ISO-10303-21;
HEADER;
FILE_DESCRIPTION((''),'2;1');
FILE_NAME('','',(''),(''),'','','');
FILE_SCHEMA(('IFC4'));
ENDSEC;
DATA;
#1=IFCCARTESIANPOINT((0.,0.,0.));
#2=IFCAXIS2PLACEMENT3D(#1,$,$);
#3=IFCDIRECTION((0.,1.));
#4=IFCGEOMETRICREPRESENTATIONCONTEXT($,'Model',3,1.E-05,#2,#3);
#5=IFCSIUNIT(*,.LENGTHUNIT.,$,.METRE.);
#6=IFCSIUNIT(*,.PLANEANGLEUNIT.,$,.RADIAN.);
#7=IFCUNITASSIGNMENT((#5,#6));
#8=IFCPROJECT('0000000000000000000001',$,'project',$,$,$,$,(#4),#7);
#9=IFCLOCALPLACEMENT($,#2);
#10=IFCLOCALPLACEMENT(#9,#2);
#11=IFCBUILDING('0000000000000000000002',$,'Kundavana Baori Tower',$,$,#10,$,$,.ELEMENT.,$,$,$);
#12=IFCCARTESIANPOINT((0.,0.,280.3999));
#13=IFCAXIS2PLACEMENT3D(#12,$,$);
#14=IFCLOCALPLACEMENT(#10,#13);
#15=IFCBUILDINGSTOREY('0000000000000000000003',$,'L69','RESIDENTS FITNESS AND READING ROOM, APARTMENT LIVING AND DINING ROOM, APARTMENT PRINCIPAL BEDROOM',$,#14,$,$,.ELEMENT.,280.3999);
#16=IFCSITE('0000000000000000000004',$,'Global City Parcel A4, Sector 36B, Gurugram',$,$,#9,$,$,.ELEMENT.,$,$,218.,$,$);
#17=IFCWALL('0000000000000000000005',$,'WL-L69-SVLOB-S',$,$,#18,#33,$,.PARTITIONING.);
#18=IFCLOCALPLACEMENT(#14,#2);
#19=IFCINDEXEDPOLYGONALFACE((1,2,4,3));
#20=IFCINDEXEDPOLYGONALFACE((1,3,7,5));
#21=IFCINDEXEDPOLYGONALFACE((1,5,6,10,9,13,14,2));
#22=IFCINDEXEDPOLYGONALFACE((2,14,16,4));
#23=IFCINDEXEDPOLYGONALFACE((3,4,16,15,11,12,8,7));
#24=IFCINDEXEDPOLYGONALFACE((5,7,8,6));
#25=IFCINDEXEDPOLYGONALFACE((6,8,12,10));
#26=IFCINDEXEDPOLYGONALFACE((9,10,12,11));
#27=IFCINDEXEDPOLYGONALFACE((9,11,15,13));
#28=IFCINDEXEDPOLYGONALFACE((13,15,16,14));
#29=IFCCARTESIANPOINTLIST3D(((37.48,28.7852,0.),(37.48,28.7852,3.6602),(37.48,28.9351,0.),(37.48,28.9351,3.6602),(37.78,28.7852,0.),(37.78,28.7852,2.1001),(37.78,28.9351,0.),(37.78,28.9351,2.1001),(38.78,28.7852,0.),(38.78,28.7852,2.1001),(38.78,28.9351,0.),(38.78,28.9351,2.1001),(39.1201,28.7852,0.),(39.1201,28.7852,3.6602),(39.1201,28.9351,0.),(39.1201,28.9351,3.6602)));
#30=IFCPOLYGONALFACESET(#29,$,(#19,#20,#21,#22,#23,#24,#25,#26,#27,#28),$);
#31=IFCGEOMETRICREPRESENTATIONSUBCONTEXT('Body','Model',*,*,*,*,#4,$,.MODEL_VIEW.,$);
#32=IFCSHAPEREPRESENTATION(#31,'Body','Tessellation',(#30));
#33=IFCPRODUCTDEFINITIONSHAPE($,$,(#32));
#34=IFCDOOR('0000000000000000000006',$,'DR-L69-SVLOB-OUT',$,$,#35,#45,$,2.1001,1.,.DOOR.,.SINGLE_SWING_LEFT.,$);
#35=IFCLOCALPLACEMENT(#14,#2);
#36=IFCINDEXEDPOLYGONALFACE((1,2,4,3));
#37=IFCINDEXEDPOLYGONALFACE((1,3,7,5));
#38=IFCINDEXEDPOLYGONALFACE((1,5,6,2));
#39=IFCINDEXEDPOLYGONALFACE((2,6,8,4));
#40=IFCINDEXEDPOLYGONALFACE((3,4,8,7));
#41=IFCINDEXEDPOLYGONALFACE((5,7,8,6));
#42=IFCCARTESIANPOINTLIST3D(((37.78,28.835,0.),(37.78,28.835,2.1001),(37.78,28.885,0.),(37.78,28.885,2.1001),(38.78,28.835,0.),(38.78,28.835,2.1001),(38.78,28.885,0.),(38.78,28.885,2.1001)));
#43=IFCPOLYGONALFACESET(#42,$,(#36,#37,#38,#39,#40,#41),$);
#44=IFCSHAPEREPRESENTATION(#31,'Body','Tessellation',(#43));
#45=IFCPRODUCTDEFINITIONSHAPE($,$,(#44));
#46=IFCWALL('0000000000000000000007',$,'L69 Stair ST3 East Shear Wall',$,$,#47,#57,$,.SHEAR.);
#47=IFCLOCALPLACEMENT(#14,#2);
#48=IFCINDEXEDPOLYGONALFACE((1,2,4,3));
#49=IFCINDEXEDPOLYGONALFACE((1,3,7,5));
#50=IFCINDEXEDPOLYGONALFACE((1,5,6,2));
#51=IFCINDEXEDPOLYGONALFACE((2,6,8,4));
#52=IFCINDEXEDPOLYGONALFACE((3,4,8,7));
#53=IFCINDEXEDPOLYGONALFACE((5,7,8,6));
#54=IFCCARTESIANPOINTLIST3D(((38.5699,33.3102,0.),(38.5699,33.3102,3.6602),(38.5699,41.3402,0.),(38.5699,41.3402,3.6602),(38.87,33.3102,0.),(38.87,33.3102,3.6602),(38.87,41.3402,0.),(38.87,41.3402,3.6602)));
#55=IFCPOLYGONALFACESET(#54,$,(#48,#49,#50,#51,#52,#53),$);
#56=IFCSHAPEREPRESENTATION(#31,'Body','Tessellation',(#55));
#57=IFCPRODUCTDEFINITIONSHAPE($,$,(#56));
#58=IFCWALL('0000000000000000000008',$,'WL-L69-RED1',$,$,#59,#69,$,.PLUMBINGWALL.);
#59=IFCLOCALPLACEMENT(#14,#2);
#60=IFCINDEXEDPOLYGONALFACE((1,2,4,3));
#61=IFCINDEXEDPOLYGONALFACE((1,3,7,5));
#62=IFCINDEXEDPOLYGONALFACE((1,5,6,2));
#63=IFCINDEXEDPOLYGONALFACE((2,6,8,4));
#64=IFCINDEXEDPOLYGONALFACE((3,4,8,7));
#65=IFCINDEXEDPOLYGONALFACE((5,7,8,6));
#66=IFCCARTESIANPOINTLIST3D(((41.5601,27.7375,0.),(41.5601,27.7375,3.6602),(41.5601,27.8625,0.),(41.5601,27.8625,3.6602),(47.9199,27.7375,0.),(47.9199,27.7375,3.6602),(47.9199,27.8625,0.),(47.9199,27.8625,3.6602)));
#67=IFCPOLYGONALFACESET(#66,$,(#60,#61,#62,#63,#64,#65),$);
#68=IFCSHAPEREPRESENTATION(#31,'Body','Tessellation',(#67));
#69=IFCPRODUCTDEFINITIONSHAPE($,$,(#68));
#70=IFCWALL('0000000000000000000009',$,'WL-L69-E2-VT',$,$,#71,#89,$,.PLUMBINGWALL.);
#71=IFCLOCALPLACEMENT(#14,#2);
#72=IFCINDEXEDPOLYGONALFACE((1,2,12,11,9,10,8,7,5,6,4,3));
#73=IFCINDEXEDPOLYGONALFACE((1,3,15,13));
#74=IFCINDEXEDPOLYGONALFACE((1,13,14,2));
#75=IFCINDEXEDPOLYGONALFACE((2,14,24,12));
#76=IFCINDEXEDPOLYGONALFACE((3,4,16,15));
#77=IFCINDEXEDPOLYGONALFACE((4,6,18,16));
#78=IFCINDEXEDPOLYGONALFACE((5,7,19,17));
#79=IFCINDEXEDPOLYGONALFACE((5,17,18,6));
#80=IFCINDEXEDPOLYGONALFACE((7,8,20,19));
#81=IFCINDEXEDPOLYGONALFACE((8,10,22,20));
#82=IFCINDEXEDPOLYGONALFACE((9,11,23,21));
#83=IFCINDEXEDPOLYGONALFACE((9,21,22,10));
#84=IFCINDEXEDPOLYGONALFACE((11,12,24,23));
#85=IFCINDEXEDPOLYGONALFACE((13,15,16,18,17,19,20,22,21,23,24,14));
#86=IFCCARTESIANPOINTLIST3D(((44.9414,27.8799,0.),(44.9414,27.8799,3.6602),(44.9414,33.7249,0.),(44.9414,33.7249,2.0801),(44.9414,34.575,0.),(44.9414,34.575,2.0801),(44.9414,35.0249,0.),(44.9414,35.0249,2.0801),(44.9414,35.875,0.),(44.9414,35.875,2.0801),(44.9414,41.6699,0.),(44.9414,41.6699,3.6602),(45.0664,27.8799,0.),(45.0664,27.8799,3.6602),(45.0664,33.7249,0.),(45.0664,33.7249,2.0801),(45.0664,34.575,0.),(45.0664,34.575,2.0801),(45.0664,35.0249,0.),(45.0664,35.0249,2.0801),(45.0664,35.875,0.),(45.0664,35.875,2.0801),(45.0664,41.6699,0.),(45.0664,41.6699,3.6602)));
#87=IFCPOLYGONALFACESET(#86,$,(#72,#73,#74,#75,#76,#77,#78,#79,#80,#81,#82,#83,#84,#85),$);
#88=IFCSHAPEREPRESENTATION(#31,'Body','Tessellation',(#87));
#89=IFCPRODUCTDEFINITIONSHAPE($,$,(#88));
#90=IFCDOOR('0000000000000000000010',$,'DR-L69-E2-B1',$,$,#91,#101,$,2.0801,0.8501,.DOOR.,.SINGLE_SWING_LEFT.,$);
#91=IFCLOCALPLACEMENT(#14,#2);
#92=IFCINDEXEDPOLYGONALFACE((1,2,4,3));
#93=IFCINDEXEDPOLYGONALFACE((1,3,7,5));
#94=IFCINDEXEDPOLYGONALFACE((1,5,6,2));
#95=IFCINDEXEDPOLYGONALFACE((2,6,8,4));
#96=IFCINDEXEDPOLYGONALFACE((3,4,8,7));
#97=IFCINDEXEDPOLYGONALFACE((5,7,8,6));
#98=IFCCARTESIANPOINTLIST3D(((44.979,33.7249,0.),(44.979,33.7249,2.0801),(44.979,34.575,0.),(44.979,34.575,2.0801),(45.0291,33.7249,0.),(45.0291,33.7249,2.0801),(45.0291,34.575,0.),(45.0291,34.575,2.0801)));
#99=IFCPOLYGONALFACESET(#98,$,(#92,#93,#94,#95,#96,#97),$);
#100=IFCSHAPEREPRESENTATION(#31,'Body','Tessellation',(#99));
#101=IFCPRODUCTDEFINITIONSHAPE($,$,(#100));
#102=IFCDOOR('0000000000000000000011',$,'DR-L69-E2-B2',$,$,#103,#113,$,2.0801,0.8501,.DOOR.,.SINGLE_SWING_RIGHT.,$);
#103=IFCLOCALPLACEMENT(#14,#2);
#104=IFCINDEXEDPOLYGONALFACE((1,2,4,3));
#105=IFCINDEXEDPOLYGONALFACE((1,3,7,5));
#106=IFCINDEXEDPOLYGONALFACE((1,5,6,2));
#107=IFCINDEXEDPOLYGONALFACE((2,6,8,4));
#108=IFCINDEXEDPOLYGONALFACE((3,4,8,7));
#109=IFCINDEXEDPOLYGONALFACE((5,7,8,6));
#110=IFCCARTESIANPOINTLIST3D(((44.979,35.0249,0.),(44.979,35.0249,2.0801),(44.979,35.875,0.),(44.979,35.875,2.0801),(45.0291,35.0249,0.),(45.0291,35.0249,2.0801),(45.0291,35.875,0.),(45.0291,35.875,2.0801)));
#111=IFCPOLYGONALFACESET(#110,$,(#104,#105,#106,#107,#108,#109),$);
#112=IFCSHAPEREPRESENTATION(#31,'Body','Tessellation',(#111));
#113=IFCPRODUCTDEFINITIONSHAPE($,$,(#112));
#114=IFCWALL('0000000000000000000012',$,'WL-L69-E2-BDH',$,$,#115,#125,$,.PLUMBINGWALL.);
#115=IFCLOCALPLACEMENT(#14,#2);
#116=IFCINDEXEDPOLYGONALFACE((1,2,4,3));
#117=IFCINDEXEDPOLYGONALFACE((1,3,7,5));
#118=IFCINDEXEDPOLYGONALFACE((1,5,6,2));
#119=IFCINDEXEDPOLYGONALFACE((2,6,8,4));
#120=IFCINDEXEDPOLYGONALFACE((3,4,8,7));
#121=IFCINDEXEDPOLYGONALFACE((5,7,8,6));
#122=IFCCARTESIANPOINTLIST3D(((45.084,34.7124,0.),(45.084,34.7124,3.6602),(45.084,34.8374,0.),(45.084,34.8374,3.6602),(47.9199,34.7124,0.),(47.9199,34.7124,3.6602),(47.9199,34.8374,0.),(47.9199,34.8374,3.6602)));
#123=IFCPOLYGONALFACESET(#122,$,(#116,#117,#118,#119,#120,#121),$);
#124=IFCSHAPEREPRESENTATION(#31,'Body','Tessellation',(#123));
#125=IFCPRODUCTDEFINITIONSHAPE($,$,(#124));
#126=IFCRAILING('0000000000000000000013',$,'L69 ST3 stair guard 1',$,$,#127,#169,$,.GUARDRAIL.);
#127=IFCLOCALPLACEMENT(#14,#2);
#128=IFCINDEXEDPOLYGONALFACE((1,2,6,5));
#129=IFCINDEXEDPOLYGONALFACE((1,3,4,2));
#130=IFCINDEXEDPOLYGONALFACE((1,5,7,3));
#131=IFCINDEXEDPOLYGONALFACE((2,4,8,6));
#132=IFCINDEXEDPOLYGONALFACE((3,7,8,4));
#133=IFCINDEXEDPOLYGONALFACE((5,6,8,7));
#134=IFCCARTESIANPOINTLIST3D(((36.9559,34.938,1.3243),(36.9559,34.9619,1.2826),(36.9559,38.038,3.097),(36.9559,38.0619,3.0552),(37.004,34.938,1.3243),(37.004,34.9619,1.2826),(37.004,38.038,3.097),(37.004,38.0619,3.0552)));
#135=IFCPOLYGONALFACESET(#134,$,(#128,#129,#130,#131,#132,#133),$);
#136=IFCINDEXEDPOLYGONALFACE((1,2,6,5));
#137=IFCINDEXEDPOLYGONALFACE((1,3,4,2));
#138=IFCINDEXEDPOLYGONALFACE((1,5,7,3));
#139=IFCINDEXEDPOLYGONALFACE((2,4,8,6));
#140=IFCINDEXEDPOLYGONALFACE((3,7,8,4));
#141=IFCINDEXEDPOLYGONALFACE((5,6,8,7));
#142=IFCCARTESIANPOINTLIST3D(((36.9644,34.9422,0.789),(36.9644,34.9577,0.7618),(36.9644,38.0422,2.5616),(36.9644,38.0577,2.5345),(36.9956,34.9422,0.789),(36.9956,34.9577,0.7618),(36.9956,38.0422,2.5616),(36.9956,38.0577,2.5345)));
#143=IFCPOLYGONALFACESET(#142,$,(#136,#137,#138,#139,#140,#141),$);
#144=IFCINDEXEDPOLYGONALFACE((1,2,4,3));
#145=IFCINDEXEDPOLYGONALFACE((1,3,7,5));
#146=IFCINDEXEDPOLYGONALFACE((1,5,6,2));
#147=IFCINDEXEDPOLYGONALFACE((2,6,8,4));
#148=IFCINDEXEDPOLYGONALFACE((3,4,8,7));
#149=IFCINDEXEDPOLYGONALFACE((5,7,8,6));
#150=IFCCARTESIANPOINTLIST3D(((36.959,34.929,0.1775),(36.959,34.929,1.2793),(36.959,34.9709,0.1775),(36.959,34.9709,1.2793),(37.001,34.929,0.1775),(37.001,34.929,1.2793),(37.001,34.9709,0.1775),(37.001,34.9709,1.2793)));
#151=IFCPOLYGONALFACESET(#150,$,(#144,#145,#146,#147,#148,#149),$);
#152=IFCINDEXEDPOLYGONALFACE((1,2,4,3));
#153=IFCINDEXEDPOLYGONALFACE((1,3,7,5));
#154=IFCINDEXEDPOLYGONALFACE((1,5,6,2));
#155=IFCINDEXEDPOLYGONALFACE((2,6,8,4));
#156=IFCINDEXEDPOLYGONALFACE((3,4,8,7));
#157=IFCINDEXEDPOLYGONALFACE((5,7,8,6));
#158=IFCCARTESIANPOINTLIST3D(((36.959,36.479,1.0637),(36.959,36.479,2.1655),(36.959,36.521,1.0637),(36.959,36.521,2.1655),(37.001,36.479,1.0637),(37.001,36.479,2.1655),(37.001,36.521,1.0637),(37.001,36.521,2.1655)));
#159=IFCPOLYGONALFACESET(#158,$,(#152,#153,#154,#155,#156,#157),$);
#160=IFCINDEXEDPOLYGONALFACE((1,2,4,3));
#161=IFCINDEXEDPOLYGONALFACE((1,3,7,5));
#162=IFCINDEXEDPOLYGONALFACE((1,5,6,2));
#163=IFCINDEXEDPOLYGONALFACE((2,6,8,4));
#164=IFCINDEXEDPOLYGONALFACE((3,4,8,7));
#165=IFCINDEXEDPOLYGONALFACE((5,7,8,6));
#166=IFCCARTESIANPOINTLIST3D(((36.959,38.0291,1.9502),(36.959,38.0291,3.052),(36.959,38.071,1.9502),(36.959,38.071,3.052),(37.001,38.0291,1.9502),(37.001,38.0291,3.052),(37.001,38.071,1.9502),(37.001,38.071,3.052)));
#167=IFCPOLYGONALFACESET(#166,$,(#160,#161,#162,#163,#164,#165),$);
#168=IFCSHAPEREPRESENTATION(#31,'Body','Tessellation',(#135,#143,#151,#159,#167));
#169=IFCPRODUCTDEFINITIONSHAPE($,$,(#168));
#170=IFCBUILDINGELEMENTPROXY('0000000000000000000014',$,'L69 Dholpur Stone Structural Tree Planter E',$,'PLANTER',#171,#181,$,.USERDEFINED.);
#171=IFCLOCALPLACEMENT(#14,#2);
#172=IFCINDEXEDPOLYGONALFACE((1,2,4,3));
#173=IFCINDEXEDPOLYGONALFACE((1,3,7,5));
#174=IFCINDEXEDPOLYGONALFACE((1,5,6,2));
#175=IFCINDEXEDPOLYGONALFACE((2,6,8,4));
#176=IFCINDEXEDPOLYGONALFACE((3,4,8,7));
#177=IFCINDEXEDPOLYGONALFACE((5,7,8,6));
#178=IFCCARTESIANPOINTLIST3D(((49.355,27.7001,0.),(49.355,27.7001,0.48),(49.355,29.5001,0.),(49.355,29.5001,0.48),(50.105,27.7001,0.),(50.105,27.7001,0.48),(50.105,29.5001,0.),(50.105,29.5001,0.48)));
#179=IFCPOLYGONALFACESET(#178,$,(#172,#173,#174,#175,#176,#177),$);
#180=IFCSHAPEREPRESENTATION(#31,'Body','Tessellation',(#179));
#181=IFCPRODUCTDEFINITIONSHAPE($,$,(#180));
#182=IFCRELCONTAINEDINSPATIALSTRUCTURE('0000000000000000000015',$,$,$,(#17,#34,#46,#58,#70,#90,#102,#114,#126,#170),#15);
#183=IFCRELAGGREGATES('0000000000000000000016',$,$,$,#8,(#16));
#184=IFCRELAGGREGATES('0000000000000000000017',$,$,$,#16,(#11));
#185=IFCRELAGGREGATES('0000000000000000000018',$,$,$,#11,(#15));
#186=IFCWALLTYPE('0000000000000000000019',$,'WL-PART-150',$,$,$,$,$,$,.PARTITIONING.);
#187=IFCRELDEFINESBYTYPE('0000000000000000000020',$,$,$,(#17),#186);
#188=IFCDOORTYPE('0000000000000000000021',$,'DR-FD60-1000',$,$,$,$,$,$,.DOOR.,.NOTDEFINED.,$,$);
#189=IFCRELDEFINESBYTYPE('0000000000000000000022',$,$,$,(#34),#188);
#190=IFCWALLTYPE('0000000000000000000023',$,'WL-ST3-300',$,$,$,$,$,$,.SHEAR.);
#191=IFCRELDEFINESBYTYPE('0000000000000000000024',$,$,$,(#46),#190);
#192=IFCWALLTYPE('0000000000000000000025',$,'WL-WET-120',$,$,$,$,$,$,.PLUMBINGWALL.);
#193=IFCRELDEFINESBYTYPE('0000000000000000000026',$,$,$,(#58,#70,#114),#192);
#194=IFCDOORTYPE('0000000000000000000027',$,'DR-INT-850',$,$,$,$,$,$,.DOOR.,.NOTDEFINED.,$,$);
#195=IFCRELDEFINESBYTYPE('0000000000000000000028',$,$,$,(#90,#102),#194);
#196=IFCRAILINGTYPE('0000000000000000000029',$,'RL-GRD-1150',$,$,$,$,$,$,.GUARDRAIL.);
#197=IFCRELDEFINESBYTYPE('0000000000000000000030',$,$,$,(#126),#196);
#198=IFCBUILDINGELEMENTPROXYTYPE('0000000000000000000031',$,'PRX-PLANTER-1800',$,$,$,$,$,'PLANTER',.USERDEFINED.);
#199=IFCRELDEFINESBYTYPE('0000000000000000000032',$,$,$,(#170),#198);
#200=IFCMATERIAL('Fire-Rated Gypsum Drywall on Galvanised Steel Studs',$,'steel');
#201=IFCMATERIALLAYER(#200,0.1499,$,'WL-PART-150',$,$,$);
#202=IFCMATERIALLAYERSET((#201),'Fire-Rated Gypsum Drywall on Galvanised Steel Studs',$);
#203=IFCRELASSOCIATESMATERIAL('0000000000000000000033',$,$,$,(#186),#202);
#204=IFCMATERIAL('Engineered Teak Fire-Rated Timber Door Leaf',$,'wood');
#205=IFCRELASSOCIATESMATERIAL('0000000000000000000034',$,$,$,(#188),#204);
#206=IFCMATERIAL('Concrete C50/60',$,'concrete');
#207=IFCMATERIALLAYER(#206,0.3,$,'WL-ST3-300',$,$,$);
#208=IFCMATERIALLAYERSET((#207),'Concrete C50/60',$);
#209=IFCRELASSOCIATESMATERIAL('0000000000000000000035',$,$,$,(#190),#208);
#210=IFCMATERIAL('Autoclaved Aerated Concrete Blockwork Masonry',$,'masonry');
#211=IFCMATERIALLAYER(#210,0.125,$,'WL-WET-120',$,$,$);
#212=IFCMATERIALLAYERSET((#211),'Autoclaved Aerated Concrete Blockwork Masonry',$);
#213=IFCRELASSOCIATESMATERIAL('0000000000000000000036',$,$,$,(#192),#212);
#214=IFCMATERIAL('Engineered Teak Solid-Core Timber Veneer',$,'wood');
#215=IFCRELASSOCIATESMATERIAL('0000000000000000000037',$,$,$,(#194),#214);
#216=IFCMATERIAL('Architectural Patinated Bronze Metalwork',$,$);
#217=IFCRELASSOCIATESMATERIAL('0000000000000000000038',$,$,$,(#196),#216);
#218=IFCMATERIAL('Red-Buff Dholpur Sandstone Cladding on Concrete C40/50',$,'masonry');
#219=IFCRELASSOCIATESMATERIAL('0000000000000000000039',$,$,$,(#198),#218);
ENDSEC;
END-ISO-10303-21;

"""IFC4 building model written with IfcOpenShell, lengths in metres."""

from ifc_helpers import new_model, si_unit, direction, frame, frame_2d, origin, origin_2d, place, context, subcontext, project, spatial, rectangle, extrude, material, layer, layer_set, type_object, element, fill, save


model = new_model("IFC4")

# Units and contexts
model_context = context("Model", 3, precision=1e-05, world=origin(), true_north=direction((0.0, 1.0)))
body_context = subcontext(model_context, "Body", "Model", "MODEL_VIEW")
ifc_project = project(units=[si_unit("LENGTHUNIT", "METRE"), si_unit("PLANEANGLEUNIT", "RADIAN")], contexts=[model_context])

# Site, building, storey
site_placement = place(None, origin())
site = spatial("IfcSite", under=ifc_project, at=site_placement, Name="Global City Parcel A4, Sector 36B, Gurugram", CompositionType="ELEMENT", RefElevation=218.0)
building_placement = place(site_placement, origin())
building = spatial("IfcBuilding", under=site, at=building_placement, Name="Kundavana Baori Tower", CompositionType="ELEMENT")
storey_placement = place(building_placement, frame((0.0, 0.0, 280.3999)))
storey = spatial("IfcBuildingStorey", under=building, at=storey_placement, Name="L69", Description="RESIDENTS FITNESS AND READING ROOM, APARTMENT LIVING AND DINING ROOM, APARTMENT PRINCIPAL BEDROOM", CompositionType="ELEMENT", Elevation=280.3999)

# Shared definitions
ifc_material_1 = material(Name="Fire-Rated Gypsum Drywall on Galvanised Steel Studs", Category="steel")
ifc_layer_1 = layer(ifc_material_1, 0.1499, Name="WL-PART-150")
ifc_layer_set_1 = layer_set([ifc_layer_1], Name="Fire-Rated Gypsum Drywall on Galvanised Steel Studs")
wall_type_1 = type_object("IfcWallType", Name="WL-PART-150", PredefinedType="PARTITIONING", material=ifc_layer_set_1)

# Wall, opening, door
wall_1_placement = place(storey_placement, frame((37.48, 28.8601, 0.0), z_axis=(0.0, 0.0, 1.0), x_axis=(1.0, 0.0, 0.0)))
wall_1 = element("IfcWall", 1, at=wall_1_placement, inside=storey, type_object=wall_type_1, Name="WL-L69-SVLOB-S", PredefinedType="PARTITIONING", context=body_context, shape_type="SweptSolid", body=[
    extrude(rectangle(XDim=1.6401, YDim=0.1499, at=frame_2d((0.8201, 0.0))), origin(), (0.0, 0.0, 1.0), 3.6602),
])
opening_1_placement = place(wall_1_placement, frame((0.3, 0.0, 0.0)))
opening_1 = element("IfcOpeningElement", 2, at=opening_1_placement, cuts=wall_1, PredefinedType="OPENING", context=body_context, shape_type="SweptSolid", body=[
    extrude(rectangle(XDim=1.0, YDim=2.1001, at=frame_2d((0.5, 1.05))), frame((0.0, 0.085, 0.0), z_axis=(0.0, -1.0, 0.0), x_axis=(1.0, 0.0, 0.0)), (0.0, 0.0, 1.0), 0.1699),
])
ifc_material_2 = material(Name="Engineered Teak Fire-Rated Timber Door Leaf", Category="wood")
door_type_1 = type_object("IfcDoorType", Name="DR-FD60-1000", OperationType="NOTDEFINED", PredefinedType="DOOR", material=ifc_material_2)
door_1_placement = place(opening_1_placement, origin())
door_1 = element("IfcDoor", 3, at=door_1_placement, inside=storey, type_object=door_type_1, Name="DR-L69-SVLOB-OUT", OperationType="SINGLE_SWING_LEFT", OverallHeight=2.1001, OverallWidth=1.0, PredefinedType="DOOR", context=body_context, shape_type="SweptSolid", body=[
    extrude(rectangle(XDim=1.0, YDim=2.1001, at=frame_2d((0.5, 1.05))), frame((0.0, 0.0249, 0.0), z_axis=(0.0, -1.0, 0.0), x_axis=(1.0, 0.0, 0.0)), (0.0, 0.0, 1.0), 0.05),
])
fill(opening_1, door_1)

# Walls
ifc_material_3 = material(Name="Concrete C50/60", Category="concrete")
ifc_layer_2 = layer(ifc_material_3, 0.3, Name="WL-ST3-300")
ifc_layer_set_2 = layer_set([ifc_layer_2], Name="Concrete C50/60")
wall_type_2 = type_object("IfcWallType", Name="WL-ST3-300", PredefinedType="SHEAR", material=ifc_layer_set_2)
wall_2_placement = place(storey_placement, frame((38.72, 33.3101, 0.0), z_axis=(0.0, 0.0, 1.0), x_axis=(0.0, 1.0, 0.0)))
element("IfcWall", 4, at=wall_2_placement, inside=storey, type_object=wall_type_2, Name="L69 Stair ST3 East Shear Wall", PredefinedType="SHEAR", context=body_context, shape_type="SweptSolid", body=[
    extrude(rectangle(XDim=8.03, YDim=0.3, at=frame_2d((4.0151, 0.0))), origin(), (0.0, 0.0, 1.0), 3.6602),
])
ifc_material_4 = material(Name="Autoclaved Aerated Concrete Blockwork Masonry", Category="masonry")
ifc_layer_3 = layer(ifc_material_4, 0.125, Name="WL-WET-120")
ifc_layer_set_3 = layer_set([ifc_layer_3], Name="Autoclaved Aerated Concrete Blockwork Masonry")
wall_type_3 = type_object("IfcWallType", Name="WL-WET-120", PredefinedType="PLUMBINGWALL", material=ifc_layer_set_3)
wall_3_placement = place(storey_placement, frame((41.5601, 27.8, 0.0), z_axis=(0.0, 0.0, 1.0), x_axis=(1.0, 0.0, 0.0)))
element("IfcWall", 5, at=wall_3_placement, inside=storey, type_object=wall_type_3, Name="WL-L69-RED1", PredefinedType="PLUMBINGWALL", context=body_context, shape_type="SweptSolid", body=[
    extrude(rectangle(XDim=6.3599, YDim=0.125, at=frame_2d((3.1799, 0.0))), origin(), (0.0, 0.0, 1.0), 3.6602),
])

# Wall, openings, doors
wall_4_placement = place(storey_placement, frame((45.0039, 27.8799, 0.0), z_axis=(0.0, 0.0, 1.0), x_axis=(0.0, 1.0, 0.0)))
wall_4 = element("IfcWall", 6, at=wall_4_placement, inside=storey, type_object=wall_type_3, Name="WL-L69-E2-VT", PredefinedType="PLUMBINGWALL", context=body_context, shape_type="SweptSolid", body=[
    extrude(rectangle(XDim=13.79, YDim=0.125, at=frame_2d((6.895, 0.0))), origin(), (0.0, 0.0, 1.0), 3.6602),
])
opening_2_placement = place(wall_4_placement, frame((5.845, 0.0, 0.0)))
opening_2 = element("IfcOpeningElement", 7, at=opening_2_placement, cuts=wall_4, PredefinedType="OPENING", context=body_context, shape_type="SweptSolid", body=[
    extrude(rectangle(XDim=0.8501, YDim=2.0801, at=frame_2d((0.425, 1.04))), frame((0.0, 0.0725, 0.0), z_axis=(0.0, -1.0, 0.0), x_axis=(1.0, 0.0, 0.0)), (0.0, 0.0, 1.0), 0.145),
])
opening_3_placement = place(wall_4_placement, frame((7.145, 0.0, 0.0)))
opening_3 = element("IfcOpeningElement", 8, at=opening_3_placement, cuts=wall_4, PredefinedType="OPENING", context=body_context, shape_type="SweptSolid", body=[
    extrude(rectangle(XDim=0.8501, YDim=2.0801, at=frame_2d((0.425, 1.04))), frame((0.0, 0.0725, 0.0), z_axis=(0.0, -1.0, 0.0), x_axis=(1.0, 0.0, 0.0)), (0.0, 0.0, 1.0), 0.145),
])
ifc_material_5 = material(Name="Engineered Teak Solid-Core Timber Veneer", Category="wood")
door_type_2 = type_object("IfcDoorType", Name="DR-INT-850", OperationType="NOTDEFINED", PredefinedType="DOOR", material=ifc_material_5)
door_2_placement = place(opening_2_placement, origin())
door_2 = element("IfcDoor", 9, at=door_2_placement, inside=storey, type_object=door_type_2, Name="DR-L69-E2-B1", OperationType="SINGLE_SWING_LEFT", OverallHeight=2.0801, OverallWidth=0.8501, PredefinedType="DOOR", context=body_context, shape_type="SweptSolid", body=[
    extrude(rectangle(XDim=0.8501, YDim=2.0801, at=frame_2d((0.425, 1.04))), frame((0.0, 0.0249, 0.0), z_axis=(0.0, -1.0, 0.0), x_axis=(1.0, 0.0, 0.0)), (0.0, 0.0, 1.0), 0.05),
])
fill(opening_2, door_2)
door_3_placement = place(opening_3_placement, origin())
door_3 = element("IfcDoor", 10, at=door_3_placement, inside=storey, type_object=door_type_2, Name="DR-L69-E2-B2", OperationType="SINGLE_SWING_RIGHT", OverallHeight=2.0801, OverallWidth=0.8501, PredefinedType="DOOR", context=body_context, shape_type="SweptSolid", body=[
    extrude(rectangle(XDim=0.8501, YDim=2.0801, at=frame_2d((0.425, 1.04))), frame((0.0, 0.0249, 0.0), z_axis=(0.0, -1.0, 0.0), x_axis=(1.0, 0.0, 0.0)), (0.0, 0.0, 1.0), 0.05),
])
fill(opening_3, door_3)

# Wall
wall_5_placement = place(storey_placement, frame((45.084, 34.7749, 0.0), z_axis=(0.0, 0.0, 1.0), x_axis=(1.0, 0.0, 0.0)))
element("IfcWall", 11, at=wall_5_placement, inside=storey, type_object=wall_type_3, Name="WL-L69-E2-BDH", PredefinedType="PLUMBINGWALL", context=body_context, shape_type="SweptSolid", body=[
    extrude(rectangle(XDim=2.8359, YDim=0.125, at=frame_2d((1.418, 0.0))), origin(), (0.0, 0.0, 1.0), 3.6602),
])

# Railing
ifc_material_6 = material(Name="Architectural Patinated Bronze Metalwork")
railing_type = type_object("IfcRailingType", Name="RL-GRD-1150", PredefinedType="GUARDRAIL", material=ifc_material_6)
railing_placement = place(storey_placement, frame((36.98, 34.95, 0.1775)))
element("IfcRailing", 12, at=railing_placement, inside=storey, type_object=railing_type, Name="L69 ST3 stair guard 1", PredefinedType="GUARDRAIL", context=body_context, shape_type="SweptSolid", body=[
    extrude(rectangle(XDim=0.0481, YDim=0.0481, at=origin_2d()), frame((0.0, 0.0, 1.126), z_axis=(0.0, 0.868096, 0.496397), x_axis=(-1.0, 0.0, 0.0)), (0.0, 0.0, 1.0), 3.571),
    extrude(rectangle(XDim=0.0312, YDim=0.0312, at=origin_2d()), frame((0.0, 0.0, 0.5979), z_axis=(0.0, 0.868096, 0.496397), x_axis=(-1.0, 0.0, 0.0)), (0.0, 0.0, 1.0), 3.571),
    extrude(rectangle(XDim=0.042, YDim=0.042, at=origin_2d()), origin(), (0.0, 0.0, 1.0), 1.1018),
    extrude(rectangle(XDim=0.042, YDim=0.042, at=origin_2d()), frame((0.0, 1.55, 0.8862)), (0.0, 0.0, 1.0), 1.1018),
    extrude(rectangle(XDim=0.042, YDim=0.042, at=origin_2d()), frame((0.0, 3.1001, 1.7727)), (0.0, 0.0, 1.0), 1.1018),
])

# Building element proxy
ifc_material_7 = material(Name="Red-Buff Dholpur Sandstone Cladding on Concrete C40/50", Category="masonry")
building_element_proxy_type = type_object("IfcBuildingElementProxyType", Name="PRX-PLANTER-1800", ElementType="PLANTER", PredefinedType="USERDEFINED", material=ifc_material_7)
proxy_placement = place(storey_placement, frame((49.73, 28.6001, 0.0), z_axis=(0.0, 0.0, 1.0), x_axis=(0.0, 1.0, 0.0)))
element("IfcBuildingElementProxy", 13, at=proxy_placement, inside=storey, type_object=building_element_proxy_type, Name="L69 Dholpur Stone Structural Tree Planter E", ObjectType="PLANTER", PredefinedType="USERDEFINED", context=body_context, shape_type="SweptSolid", body=[
    extrude(rectangle(XDim=1.8, YDim=0.75, at=origin_2d()), origin(), (0.0, 0.0, 1.0), 0.48),
])

save(model, "model.ifc")
